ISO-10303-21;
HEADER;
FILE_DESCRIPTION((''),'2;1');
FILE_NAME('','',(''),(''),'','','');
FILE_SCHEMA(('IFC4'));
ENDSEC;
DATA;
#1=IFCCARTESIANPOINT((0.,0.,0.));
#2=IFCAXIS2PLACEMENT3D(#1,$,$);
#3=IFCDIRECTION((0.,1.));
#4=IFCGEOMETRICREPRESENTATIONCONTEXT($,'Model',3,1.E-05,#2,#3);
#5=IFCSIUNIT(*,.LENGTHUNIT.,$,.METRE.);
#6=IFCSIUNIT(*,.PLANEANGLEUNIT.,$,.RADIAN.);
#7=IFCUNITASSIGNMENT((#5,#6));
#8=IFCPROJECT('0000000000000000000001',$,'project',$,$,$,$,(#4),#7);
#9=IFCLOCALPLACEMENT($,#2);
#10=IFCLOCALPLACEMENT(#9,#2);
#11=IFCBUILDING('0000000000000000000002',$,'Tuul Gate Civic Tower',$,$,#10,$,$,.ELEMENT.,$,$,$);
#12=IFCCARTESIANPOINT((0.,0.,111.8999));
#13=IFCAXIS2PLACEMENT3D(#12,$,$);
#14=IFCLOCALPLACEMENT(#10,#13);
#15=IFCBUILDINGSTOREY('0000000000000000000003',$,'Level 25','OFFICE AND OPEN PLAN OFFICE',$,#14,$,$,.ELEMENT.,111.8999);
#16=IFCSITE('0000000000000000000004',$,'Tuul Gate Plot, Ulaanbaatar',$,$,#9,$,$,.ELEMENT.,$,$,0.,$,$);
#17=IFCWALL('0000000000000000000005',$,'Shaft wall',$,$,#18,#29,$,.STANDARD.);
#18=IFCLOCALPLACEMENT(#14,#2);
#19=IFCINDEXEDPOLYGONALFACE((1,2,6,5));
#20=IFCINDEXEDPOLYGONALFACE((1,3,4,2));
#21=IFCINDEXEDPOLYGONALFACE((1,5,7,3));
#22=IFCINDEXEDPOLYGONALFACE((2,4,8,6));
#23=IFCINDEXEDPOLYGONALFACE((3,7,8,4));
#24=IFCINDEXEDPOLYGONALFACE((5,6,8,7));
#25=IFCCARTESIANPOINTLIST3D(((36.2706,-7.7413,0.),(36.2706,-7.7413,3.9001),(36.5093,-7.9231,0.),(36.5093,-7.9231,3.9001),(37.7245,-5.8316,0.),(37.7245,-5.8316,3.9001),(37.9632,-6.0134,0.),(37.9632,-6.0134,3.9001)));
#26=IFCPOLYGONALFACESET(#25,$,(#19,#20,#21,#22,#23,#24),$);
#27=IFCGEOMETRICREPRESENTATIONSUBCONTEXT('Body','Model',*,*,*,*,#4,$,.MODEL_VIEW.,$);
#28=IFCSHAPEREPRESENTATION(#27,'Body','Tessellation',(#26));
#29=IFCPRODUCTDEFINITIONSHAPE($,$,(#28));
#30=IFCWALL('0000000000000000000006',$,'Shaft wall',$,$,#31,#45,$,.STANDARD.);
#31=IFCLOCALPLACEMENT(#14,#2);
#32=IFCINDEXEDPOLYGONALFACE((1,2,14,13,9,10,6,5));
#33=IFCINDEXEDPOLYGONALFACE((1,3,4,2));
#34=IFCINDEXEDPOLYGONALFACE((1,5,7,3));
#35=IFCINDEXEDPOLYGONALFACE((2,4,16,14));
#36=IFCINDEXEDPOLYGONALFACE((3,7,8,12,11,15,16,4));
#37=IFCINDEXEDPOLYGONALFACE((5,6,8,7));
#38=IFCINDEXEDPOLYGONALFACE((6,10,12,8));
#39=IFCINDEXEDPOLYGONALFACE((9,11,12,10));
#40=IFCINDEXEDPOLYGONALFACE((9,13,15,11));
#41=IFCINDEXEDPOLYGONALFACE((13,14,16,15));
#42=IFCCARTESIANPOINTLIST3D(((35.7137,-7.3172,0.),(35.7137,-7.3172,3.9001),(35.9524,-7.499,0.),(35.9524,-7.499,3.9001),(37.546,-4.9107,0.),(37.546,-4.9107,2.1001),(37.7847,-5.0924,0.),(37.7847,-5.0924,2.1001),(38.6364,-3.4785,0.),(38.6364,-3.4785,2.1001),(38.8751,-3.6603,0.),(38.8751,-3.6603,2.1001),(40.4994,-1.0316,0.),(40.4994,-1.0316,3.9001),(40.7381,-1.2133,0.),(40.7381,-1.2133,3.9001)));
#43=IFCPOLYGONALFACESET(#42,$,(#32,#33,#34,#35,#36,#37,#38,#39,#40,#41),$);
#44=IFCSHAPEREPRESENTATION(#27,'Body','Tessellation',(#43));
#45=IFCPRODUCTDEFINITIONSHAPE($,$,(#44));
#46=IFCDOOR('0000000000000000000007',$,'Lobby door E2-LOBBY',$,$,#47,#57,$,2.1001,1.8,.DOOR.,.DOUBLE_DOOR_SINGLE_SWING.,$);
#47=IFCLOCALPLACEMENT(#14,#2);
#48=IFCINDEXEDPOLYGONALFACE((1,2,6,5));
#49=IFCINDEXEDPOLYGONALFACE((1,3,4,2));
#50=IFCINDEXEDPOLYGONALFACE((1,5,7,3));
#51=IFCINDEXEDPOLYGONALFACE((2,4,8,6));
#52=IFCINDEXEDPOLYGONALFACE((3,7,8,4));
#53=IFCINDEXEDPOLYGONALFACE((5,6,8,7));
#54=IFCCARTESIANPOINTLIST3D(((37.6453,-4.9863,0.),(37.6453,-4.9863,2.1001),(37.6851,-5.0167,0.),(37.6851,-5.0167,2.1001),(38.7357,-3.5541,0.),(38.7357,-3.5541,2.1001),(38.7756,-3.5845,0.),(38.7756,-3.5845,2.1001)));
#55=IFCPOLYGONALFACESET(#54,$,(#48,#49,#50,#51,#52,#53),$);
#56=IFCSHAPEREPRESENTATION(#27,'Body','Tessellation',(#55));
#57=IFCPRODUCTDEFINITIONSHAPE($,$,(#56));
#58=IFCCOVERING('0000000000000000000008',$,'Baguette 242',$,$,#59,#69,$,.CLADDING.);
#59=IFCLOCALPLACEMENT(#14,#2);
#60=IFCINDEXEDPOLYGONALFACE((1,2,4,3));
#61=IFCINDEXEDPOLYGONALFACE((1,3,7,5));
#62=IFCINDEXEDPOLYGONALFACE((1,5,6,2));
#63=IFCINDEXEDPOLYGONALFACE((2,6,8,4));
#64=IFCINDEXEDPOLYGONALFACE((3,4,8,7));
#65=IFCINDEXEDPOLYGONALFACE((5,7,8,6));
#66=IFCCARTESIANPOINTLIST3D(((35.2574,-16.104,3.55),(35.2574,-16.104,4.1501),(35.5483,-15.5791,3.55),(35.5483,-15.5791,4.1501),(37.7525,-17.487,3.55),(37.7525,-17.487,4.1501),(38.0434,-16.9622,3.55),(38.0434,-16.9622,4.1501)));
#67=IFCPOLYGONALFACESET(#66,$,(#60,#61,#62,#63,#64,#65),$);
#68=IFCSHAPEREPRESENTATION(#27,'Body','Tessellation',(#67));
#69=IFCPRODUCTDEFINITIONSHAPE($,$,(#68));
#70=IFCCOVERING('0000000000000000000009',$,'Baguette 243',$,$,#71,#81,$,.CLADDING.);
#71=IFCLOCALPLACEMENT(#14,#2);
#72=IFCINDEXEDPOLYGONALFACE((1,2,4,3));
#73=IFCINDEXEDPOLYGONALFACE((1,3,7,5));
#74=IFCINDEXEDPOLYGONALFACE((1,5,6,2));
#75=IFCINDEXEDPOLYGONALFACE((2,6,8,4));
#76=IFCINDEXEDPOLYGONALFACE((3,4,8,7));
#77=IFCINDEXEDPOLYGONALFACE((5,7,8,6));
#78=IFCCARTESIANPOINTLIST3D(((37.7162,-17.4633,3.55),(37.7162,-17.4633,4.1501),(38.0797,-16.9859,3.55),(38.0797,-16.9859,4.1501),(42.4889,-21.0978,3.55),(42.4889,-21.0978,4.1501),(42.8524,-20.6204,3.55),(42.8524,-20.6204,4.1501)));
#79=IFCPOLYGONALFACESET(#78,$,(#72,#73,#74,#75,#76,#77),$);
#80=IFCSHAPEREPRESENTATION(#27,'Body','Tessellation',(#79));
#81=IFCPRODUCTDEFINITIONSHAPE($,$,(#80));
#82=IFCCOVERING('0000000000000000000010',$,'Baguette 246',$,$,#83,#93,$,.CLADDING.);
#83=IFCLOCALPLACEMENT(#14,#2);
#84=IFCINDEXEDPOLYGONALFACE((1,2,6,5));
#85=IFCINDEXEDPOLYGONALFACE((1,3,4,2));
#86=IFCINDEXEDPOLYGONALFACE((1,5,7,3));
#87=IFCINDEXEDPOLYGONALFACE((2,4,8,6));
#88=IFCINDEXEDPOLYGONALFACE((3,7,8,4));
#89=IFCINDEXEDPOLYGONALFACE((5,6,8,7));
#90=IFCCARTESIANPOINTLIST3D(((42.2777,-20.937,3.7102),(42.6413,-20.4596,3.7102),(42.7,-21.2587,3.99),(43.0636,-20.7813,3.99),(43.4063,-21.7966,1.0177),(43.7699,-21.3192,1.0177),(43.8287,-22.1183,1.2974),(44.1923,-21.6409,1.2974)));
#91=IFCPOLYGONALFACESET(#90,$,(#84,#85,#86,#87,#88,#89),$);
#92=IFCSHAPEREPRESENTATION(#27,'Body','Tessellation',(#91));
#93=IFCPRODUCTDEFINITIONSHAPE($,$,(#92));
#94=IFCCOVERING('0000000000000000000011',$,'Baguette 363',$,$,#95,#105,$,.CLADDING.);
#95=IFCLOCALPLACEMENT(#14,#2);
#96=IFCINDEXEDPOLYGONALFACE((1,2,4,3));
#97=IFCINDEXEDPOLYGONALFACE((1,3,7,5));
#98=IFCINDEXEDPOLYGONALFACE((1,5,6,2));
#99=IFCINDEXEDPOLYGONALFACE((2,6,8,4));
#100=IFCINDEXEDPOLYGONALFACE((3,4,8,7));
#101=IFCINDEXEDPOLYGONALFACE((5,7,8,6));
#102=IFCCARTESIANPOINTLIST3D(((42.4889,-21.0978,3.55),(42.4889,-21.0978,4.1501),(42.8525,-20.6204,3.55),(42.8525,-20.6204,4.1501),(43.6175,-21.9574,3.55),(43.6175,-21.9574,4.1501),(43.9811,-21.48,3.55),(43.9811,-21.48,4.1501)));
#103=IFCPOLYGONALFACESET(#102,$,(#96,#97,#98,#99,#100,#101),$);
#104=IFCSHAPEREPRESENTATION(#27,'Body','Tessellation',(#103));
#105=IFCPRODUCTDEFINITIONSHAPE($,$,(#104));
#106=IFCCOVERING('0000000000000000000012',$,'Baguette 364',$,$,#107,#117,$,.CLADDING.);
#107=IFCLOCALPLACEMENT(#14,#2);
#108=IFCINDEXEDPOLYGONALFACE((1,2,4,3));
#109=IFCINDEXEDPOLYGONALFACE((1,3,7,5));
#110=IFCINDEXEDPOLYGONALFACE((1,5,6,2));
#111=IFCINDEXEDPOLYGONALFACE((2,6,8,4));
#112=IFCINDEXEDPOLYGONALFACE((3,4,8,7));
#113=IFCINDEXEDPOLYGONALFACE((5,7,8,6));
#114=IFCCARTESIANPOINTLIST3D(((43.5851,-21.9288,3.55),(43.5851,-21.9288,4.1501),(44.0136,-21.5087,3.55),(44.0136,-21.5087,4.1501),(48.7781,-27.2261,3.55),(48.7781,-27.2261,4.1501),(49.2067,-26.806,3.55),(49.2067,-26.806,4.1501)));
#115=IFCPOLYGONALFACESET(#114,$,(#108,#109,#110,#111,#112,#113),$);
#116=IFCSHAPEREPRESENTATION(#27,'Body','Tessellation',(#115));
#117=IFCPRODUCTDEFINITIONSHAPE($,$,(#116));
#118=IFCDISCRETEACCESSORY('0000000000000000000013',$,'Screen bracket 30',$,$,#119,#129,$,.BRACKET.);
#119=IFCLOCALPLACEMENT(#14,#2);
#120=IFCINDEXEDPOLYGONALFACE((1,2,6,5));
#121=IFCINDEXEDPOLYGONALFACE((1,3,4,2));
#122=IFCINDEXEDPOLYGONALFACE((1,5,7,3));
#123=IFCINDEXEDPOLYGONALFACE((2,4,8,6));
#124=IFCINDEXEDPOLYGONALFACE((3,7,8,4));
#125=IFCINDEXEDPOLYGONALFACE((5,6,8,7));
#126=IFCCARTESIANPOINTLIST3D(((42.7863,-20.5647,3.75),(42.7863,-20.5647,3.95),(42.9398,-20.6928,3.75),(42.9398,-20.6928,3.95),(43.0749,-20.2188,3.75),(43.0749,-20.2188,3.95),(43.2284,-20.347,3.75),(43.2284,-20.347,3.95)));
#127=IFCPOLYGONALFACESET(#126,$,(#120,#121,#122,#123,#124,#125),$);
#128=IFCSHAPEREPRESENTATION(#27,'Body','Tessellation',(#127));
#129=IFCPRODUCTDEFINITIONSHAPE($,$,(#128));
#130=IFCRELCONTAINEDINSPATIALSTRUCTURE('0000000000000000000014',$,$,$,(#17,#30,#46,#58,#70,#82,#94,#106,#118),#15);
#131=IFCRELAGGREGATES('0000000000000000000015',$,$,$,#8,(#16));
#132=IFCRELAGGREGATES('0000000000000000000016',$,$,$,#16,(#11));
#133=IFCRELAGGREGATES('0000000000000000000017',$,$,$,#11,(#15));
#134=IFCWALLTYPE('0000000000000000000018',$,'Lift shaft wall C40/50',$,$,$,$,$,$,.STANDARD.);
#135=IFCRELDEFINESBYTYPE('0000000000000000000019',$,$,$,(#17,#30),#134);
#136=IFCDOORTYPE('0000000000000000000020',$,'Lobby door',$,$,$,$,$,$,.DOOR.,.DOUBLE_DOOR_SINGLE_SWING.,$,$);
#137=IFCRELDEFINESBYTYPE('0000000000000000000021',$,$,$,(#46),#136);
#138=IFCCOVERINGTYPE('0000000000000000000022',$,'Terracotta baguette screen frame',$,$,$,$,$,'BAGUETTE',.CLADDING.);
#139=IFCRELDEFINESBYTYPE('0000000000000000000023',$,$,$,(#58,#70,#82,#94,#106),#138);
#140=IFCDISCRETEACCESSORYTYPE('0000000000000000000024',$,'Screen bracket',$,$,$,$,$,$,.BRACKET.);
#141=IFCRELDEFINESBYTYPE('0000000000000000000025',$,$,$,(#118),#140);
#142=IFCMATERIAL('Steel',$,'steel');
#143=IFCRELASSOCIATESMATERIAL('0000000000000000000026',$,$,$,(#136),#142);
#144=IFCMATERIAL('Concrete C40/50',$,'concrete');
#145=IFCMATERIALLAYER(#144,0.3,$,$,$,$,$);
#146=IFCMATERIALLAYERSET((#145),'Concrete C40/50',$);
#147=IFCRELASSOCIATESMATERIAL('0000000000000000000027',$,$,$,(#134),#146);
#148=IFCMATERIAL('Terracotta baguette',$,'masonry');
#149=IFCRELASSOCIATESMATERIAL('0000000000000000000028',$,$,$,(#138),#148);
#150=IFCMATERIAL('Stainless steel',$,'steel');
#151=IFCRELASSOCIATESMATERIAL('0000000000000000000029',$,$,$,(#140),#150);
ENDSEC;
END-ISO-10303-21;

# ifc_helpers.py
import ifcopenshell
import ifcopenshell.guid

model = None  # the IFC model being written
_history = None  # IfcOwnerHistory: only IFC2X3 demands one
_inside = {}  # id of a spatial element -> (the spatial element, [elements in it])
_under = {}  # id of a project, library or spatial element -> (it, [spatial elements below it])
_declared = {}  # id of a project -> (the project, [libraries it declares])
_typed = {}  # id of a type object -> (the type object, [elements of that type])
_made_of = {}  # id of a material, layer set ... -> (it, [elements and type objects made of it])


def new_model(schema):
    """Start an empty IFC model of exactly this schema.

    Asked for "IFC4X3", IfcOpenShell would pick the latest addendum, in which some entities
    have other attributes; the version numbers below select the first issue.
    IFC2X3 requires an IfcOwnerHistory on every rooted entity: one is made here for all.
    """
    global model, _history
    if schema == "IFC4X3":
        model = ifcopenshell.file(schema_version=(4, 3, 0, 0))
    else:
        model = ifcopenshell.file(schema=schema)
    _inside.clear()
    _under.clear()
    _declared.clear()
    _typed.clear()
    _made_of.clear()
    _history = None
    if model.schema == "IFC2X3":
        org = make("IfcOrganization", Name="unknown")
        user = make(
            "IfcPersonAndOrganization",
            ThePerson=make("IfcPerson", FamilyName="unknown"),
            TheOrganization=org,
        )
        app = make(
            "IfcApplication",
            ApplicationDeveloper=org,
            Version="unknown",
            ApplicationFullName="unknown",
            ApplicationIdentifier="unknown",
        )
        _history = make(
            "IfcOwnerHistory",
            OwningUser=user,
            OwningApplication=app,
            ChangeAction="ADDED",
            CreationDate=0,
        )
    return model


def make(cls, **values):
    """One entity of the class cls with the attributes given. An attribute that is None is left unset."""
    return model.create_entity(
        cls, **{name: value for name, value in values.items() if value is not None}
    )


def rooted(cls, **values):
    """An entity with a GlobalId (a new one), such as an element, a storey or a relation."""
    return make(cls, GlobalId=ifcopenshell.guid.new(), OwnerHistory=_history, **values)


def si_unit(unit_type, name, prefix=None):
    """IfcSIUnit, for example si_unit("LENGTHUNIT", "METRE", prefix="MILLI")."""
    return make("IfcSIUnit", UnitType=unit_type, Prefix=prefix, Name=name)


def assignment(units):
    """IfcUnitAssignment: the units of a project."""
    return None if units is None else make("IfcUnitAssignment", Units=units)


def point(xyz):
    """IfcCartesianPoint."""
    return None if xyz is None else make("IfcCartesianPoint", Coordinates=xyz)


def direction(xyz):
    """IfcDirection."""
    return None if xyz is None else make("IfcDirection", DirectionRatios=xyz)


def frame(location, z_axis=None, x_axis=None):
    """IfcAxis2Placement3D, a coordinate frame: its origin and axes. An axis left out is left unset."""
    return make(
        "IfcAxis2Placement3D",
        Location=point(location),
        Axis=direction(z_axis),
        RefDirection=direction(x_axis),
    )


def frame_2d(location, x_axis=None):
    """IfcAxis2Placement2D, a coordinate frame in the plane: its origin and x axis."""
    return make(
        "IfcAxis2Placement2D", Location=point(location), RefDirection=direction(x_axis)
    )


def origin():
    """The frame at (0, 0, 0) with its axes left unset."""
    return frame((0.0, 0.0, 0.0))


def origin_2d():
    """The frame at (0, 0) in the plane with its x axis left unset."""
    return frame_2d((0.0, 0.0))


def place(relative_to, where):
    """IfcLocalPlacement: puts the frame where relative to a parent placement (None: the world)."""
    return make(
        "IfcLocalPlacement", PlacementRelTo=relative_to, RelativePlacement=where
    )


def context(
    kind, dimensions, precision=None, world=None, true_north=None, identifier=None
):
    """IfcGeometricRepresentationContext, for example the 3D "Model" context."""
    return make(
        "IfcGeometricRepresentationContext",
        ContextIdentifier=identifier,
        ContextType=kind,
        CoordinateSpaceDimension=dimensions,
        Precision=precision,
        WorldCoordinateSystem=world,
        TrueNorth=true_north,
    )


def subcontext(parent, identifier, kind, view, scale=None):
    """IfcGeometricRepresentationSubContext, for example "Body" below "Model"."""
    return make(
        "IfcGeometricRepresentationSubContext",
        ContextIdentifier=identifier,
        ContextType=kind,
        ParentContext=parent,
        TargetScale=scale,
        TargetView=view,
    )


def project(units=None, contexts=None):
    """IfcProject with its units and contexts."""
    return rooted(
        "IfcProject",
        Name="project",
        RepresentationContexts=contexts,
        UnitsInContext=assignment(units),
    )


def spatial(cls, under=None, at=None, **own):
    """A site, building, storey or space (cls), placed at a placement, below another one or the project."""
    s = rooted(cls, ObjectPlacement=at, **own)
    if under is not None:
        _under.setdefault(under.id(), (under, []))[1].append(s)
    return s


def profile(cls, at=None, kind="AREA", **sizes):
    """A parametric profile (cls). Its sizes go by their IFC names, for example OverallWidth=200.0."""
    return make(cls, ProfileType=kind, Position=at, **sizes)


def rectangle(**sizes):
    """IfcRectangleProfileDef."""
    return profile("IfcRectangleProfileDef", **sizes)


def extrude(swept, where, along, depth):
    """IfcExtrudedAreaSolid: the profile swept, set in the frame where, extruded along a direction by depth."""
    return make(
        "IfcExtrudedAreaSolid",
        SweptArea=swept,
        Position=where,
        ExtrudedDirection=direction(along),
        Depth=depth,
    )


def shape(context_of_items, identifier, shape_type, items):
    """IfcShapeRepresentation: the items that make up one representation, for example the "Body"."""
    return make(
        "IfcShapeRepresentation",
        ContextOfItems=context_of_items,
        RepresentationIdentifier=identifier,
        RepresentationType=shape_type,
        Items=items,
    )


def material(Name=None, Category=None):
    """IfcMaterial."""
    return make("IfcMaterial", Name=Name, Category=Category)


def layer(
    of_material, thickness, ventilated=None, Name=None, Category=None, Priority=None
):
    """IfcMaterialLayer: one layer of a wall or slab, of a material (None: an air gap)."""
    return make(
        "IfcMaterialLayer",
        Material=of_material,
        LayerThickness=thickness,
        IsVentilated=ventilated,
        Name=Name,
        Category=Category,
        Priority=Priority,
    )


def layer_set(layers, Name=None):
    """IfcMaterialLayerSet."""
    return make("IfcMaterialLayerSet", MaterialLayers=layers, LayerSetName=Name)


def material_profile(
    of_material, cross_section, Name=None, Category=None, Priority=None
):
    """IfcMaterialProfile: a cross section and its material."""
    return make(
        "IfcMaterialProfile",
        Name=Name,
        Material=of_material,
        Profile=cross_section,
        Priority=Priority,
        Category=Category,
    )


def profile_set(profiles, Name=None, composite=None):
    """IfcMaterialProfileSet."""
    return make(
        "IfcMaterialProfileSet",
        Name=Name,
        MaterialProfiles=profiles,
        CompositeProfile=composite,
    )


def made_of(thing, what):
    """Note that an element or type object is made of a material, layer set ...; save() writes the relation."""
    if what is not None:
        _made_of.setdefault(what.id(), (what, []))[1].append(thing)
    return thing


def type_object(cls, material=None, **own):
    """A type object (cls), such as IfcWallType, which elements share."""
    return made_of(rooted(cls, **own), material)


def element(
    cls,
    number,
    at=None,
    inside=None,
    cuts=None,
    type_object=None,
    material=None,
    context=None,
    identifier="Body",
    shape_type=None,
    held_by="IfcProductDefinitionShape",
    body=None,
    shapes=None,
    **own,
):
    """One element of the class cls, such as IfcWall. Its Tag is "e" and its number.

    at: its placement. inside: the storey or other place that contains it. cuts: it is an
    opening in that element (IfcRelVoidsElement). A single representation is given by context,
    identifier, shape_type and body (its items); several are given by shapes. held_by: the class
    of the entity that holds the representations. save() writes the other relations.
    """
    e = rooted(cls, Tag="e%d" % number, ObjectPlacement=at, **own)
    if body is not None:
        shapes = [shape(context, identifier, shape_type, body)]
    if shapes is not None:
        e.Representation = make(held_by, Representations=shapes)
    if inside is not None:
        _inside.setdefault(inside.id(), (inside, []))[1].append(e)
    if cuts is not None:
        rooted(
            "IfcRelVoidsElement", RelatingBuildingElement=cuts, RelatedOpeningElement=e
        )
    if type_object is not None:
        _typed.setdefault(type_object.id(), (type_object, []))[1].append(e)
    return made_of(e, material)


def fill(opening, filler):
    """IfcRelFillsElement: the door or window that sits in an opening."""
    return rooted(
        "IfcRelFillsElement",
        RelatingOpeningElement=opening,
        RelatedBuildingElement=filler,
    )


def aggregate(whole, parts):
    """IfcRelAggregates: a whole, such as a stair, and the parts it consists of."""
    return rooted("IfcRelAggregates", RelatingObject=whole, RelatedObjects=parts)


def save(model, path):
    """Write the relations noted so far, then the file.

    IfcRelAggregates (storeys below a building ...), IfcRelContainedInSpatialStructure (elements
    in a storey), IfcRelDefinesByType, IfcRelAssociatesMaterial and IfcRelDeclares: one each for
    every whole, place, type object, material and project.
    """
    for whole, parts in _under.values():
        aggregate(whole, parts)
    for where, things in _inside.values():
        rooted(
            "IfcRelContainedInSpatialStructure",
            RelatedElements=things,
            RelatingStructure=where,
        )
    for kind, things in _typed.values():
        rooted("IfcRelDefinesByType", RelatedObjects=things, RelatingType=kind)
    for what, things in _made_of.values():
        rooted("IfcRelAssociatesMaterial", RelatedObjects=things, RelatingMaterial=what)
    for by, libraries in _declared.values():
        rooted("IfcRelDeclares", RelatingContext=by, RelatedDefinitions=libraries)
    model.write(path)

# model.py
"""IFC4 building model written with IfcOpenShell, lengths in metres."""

from ifc_helpers import new_model, si_unit, direction, frame, frame_2d, origin, origin_2d, place, context, subcontext, project, spatial, rectangle, extrude, material, layer, layer_set, material_profile, profile_set, type_object, element, fill, save


model = new_model("IFC4")

# Units and contexts
model_context = context("Model", 3, precision=1e-05, world=origin(), true_north=direction((0.0, 1.0)))
body_context = subcontext(model_context, "Body", "Model", "MODEL_VIEW")
ifc_project = project(units=[si_unit("LENGTHUNIT", "METRE"), si_unit("PLANEANGLEUNIT", "RADIAN")], contexts=[model_context])

# Site, building, storey
site_placement = place(None, origin())
site = spatial("IfcSite", under=ifc_project, at=site_placement, Name="Tuul Gate Plot, Ulaanbaatar", CompositionType="ELEMENT", RefElevation=0.0)
building_placement = place(site_placement, origin())
building = spatial("IfcBuilding", under=site, at=building_placement, Name="Tuul Gate Civic Tower", CompositionType="ELEMENT")
storey_placement = place(building_placement, frame((0.0, 0.0, 111.8999)))
storey = spatial("IfcBuildingStorey", under=building, at=storey_placement, Name="Level 25", Description="OFFICE AND OPEN PLAN OFFICE", CompositionType="ELEMENT", Elevation=111.8999)

# Shared definitions
ifc_material_1 = material(Name="Steel", Category="steel")
door_type_1 = type_object("IfcDoorType", Name="Lobby door", OperationType="DOUBLE_DOOR_SINGLE_SWING", PredefinedType="DOOR", material=ifc_material_1)

# Shared definitions
ifc_material_2 = material(Name="Concrete C40/50", Category="concrete")
ifc_layer_1 = layer(ifc_material_2, 0.3)
ifc_layer_set_1 = layer_set([ifc_layer_1], Name="Concrete C40/50")
wall_type_1 = type_object("IfcWallType", Name="Lift shaft wall C40/50", PredefinedType="STANDARD", material=ifc_layer_set_1)

# Wall
wall_1_placement = place(storey_placement, frame((36.3899, -7.8323, 0.0), z_axis=(0.0, 0.0, 1.0), x_axis=(0.605746, 0.795658, 0.0)))
element("IfcWall", 1, at=wall_1_placement, inside=storey, type_object=wall_type_1, Name="Shaft wall", PredefinedType="STANDARD", context=body_context, shape_type="SweptSolid", body=[
    extrude(rectangle(XDim=2.4001, YDim=0.3, at=frame_2d((1.2002, 0.0))), origin(), (0.0, 0.0, 1.0), 3.9001),
])

# Wall, opening, door
wall_2_placement = place(storey_placement, frame((35.833, -7.4082, 0.0), z_axis=(0.0, 0.0, 1.0), x_axis=(0.605769, 0.79564, 0.0)))
wall_2 = element("IfcWall", 2, at=wall_2_placement, inside=storey, type_object=wall_type_1, Name="Shaft wall", PredefinedType="STANDARD", context=body_context, shape_type="SweptSolid", body=[
    extrude(rectangle(XDim=7.9001, YDim=0.3, at=frame_2d((3.9502, 0.0))), origin(), (0.0, 0.0, 1.0), 3.9001),
])
opening_1_placement = place(wall_2_placement, frame((3.0249, 0.0, 0.0)))
opening_1 = element("IfcOpeningElement", 3, at=opening_1_placement, cuts=wall_2, PredefinedType="OPENING", context=body_context, shape_type="SweptSolid", body=[
    extrude(rectangle(XDim=1.8, YDim=2.1001, at=frame_2d((0.8999, 1.05))), frame((0.0, 0.1602, 0.0), z_axis=(0.0, -1.0, 0.0), x_axis=(1.0, 0.0, 0.0)), (0.0, 0.0, 1.0), 0.3201),
])
door_1_placement = place(opening_1_placement, frame((1.8, 0.0, 0.0), z_axis=(0.0, 0.0, 1.0), x_axis=(-1.0, 0.0, 0.0)))
door_1 = element("IfcDoor", 4, at=door_1_placement, inside=storey, type_object=door_type_1, Name="Lobby door E2-LOBBY", OperationType="DOUBLE_DOOR_SINGLE_SWING", OverallHeight=2.1001, OverallWidth=1.8, PredefinedType="DOOR", context=body_context, shape_type="SweptSolid", body=[
    extrude(rectangle(XDim=1.8, YDim=2.1001, at=frame_2d((0.9001, 1.05))), frame((0.0, 0.0249, 0.0), z_axis=(0.0, -1.0, 0.0), x_axis=(1.0, 0.0, 0.0)), (0.0, 0.0, 1.0), 0.05),
])
fill(opening_1, door_1)

# Coverings
ifc_material_3 = material(Name="Terracotta baguette", Category="masonry")
ifc_material_profile_1 = material_profile(ifc_material_3, rectangle(XDim=0.6001, YDim=0.6001, at=origin_2d()), Name="Terracotta baguette screen frame")
ifc_profile_set_1 = profile_set([ifc_material_profile_1], Name="Terracotta baguette")
covering_type = type_object("IfcCoveringType", Name="Terracotta baguette screen frame", ElementType="BAGUETTE", PredefinedType="CLADDING", material=ifc_profile_set_1)
covering_1_placement = place(storey_placement, frame((35.4028, -15.8416, 3.8501), z_axis=(0.874621, -0.484807, 0.0), x_axis=(0.484807, 0.874621, 0.0)))
element("IfcCovering", 5, at=covering_1_placement, inside=storey, type_object=covering_type, Name="Baguette 242", PredefinedType="CLADDING", context=body_context, shape_type="SweptSolid", body=[
    extrude(rectangle(XDim=0.6001, YDim=0.6001, at=origin_2d()), origin(), (0.0, 0.0, 1.0), 2.8528),
])
covering_2_placement = place(storey_placement, frame((37.8979, -17.2246, 3.8501), z_axis=(0.795578, -0.605851, 0.0), x_axis=(0.605851, 0.795578, 0.0)))
element("IfcCovering", 6, at=covering_2_placement, inside=storey, type_object=covering_type, Name="Baguette 243", PredefinedType="CLADDING", context=body_context, shape_type="SweptSolid", body=[
    extrude(rectangle(XDim=0.6001, YDim=0.6001, at=origin_2d()), origin(), (0.0, 0.0, 1.0), 5.999),
])
covering_3_placement = place(storey_placement, frame((42.6707, -20.8591, 3.8501), z_axis=(0.37084, -0.282442, -0.884706), x_axis=(0.605903, 0.795538, 0.0)))
element("IfcCovering", 7, at=covering_3_placement, inside=storey, type_object=covering_type, Name="Baguette 246", PredefinedType="CLADDING", context=body_context, shape_type="SweptSolid", body=[
    extrude(rectangle(XDim=0.6001, YDim=0.6001, at=origin_2d()), origin(), (0.0, 0.0, 1.0), 3.0435),
])
covering_4_placement = place(storey_placement, frame((42.6707, -20.8591, 3.8501), z_axis=(0.795538, -0.605903, 0.0), x_axis=(0.605903, 0.795538, 0.0)))
element("IfcCovering", 8, at=covering_4_placement, inside=storey, type_object=covering_type, Name="Baguette 363", PredefinedType="CLADDING", context=body_context, shape_type="SweptSolid", body=[
    extrude(rectangle(XDim=0.6001, YDim=0.6001, at=origin_2d()), origin(), (0.0, 0.0, 1.0), 1.4187),
])
covering_5_placement = place(storey_placement, frame((43.7993, -21.7188, 3.8501), z_axis=(0.700045, -0.714098, 0.0), x_axis=(0.714098, 0.700045, 0.0)))
element("IfcCovering", 9, at=covering_5_placement, inside=storey, type_object=covering_type, Name="Baguette 364", PredefinedType="CLADDING", context=body_context, shape_type="SweptSolid", body=[
    extrude(rectangle(XDim=0.6001, YDim=0.6001, at=origin_2d()), origin(), (0.0, 0.0, 1.0), 7.4182),
])

# Discrete accessory
ifc_material_4 = material(Name="Stainless steel", Category="steel")
discrete_accessory_type = type_object("IfcDiscreteAccessoryType", Name="Screen bracket", PredefinedType="BRACKET", material=ifc_material_4)
discrete_accessory_placement = place(storey_placement, frame((43.0073, -20.4558, 3.75), z_axis=(0.0, 0.0, 1.0), x_axis=(-0.640758, -0.767743, 0.0)))
element("IfcDiscreteAccessory", 10, at=discrete_accessory_placement, inside=storey, type_object=discrete_accessory_type, Name="Screen bracket 30", PredefinedType="BRACKET", context=body_context, shape_type="SweptSolid", body=[
    extrude(rectangle(XDim=0.4504, YDim=0.2, at=origin_2d()), origin(), (0.0, 0.0, 1.0), 0.2),
])

save(model, "model.ifc")
